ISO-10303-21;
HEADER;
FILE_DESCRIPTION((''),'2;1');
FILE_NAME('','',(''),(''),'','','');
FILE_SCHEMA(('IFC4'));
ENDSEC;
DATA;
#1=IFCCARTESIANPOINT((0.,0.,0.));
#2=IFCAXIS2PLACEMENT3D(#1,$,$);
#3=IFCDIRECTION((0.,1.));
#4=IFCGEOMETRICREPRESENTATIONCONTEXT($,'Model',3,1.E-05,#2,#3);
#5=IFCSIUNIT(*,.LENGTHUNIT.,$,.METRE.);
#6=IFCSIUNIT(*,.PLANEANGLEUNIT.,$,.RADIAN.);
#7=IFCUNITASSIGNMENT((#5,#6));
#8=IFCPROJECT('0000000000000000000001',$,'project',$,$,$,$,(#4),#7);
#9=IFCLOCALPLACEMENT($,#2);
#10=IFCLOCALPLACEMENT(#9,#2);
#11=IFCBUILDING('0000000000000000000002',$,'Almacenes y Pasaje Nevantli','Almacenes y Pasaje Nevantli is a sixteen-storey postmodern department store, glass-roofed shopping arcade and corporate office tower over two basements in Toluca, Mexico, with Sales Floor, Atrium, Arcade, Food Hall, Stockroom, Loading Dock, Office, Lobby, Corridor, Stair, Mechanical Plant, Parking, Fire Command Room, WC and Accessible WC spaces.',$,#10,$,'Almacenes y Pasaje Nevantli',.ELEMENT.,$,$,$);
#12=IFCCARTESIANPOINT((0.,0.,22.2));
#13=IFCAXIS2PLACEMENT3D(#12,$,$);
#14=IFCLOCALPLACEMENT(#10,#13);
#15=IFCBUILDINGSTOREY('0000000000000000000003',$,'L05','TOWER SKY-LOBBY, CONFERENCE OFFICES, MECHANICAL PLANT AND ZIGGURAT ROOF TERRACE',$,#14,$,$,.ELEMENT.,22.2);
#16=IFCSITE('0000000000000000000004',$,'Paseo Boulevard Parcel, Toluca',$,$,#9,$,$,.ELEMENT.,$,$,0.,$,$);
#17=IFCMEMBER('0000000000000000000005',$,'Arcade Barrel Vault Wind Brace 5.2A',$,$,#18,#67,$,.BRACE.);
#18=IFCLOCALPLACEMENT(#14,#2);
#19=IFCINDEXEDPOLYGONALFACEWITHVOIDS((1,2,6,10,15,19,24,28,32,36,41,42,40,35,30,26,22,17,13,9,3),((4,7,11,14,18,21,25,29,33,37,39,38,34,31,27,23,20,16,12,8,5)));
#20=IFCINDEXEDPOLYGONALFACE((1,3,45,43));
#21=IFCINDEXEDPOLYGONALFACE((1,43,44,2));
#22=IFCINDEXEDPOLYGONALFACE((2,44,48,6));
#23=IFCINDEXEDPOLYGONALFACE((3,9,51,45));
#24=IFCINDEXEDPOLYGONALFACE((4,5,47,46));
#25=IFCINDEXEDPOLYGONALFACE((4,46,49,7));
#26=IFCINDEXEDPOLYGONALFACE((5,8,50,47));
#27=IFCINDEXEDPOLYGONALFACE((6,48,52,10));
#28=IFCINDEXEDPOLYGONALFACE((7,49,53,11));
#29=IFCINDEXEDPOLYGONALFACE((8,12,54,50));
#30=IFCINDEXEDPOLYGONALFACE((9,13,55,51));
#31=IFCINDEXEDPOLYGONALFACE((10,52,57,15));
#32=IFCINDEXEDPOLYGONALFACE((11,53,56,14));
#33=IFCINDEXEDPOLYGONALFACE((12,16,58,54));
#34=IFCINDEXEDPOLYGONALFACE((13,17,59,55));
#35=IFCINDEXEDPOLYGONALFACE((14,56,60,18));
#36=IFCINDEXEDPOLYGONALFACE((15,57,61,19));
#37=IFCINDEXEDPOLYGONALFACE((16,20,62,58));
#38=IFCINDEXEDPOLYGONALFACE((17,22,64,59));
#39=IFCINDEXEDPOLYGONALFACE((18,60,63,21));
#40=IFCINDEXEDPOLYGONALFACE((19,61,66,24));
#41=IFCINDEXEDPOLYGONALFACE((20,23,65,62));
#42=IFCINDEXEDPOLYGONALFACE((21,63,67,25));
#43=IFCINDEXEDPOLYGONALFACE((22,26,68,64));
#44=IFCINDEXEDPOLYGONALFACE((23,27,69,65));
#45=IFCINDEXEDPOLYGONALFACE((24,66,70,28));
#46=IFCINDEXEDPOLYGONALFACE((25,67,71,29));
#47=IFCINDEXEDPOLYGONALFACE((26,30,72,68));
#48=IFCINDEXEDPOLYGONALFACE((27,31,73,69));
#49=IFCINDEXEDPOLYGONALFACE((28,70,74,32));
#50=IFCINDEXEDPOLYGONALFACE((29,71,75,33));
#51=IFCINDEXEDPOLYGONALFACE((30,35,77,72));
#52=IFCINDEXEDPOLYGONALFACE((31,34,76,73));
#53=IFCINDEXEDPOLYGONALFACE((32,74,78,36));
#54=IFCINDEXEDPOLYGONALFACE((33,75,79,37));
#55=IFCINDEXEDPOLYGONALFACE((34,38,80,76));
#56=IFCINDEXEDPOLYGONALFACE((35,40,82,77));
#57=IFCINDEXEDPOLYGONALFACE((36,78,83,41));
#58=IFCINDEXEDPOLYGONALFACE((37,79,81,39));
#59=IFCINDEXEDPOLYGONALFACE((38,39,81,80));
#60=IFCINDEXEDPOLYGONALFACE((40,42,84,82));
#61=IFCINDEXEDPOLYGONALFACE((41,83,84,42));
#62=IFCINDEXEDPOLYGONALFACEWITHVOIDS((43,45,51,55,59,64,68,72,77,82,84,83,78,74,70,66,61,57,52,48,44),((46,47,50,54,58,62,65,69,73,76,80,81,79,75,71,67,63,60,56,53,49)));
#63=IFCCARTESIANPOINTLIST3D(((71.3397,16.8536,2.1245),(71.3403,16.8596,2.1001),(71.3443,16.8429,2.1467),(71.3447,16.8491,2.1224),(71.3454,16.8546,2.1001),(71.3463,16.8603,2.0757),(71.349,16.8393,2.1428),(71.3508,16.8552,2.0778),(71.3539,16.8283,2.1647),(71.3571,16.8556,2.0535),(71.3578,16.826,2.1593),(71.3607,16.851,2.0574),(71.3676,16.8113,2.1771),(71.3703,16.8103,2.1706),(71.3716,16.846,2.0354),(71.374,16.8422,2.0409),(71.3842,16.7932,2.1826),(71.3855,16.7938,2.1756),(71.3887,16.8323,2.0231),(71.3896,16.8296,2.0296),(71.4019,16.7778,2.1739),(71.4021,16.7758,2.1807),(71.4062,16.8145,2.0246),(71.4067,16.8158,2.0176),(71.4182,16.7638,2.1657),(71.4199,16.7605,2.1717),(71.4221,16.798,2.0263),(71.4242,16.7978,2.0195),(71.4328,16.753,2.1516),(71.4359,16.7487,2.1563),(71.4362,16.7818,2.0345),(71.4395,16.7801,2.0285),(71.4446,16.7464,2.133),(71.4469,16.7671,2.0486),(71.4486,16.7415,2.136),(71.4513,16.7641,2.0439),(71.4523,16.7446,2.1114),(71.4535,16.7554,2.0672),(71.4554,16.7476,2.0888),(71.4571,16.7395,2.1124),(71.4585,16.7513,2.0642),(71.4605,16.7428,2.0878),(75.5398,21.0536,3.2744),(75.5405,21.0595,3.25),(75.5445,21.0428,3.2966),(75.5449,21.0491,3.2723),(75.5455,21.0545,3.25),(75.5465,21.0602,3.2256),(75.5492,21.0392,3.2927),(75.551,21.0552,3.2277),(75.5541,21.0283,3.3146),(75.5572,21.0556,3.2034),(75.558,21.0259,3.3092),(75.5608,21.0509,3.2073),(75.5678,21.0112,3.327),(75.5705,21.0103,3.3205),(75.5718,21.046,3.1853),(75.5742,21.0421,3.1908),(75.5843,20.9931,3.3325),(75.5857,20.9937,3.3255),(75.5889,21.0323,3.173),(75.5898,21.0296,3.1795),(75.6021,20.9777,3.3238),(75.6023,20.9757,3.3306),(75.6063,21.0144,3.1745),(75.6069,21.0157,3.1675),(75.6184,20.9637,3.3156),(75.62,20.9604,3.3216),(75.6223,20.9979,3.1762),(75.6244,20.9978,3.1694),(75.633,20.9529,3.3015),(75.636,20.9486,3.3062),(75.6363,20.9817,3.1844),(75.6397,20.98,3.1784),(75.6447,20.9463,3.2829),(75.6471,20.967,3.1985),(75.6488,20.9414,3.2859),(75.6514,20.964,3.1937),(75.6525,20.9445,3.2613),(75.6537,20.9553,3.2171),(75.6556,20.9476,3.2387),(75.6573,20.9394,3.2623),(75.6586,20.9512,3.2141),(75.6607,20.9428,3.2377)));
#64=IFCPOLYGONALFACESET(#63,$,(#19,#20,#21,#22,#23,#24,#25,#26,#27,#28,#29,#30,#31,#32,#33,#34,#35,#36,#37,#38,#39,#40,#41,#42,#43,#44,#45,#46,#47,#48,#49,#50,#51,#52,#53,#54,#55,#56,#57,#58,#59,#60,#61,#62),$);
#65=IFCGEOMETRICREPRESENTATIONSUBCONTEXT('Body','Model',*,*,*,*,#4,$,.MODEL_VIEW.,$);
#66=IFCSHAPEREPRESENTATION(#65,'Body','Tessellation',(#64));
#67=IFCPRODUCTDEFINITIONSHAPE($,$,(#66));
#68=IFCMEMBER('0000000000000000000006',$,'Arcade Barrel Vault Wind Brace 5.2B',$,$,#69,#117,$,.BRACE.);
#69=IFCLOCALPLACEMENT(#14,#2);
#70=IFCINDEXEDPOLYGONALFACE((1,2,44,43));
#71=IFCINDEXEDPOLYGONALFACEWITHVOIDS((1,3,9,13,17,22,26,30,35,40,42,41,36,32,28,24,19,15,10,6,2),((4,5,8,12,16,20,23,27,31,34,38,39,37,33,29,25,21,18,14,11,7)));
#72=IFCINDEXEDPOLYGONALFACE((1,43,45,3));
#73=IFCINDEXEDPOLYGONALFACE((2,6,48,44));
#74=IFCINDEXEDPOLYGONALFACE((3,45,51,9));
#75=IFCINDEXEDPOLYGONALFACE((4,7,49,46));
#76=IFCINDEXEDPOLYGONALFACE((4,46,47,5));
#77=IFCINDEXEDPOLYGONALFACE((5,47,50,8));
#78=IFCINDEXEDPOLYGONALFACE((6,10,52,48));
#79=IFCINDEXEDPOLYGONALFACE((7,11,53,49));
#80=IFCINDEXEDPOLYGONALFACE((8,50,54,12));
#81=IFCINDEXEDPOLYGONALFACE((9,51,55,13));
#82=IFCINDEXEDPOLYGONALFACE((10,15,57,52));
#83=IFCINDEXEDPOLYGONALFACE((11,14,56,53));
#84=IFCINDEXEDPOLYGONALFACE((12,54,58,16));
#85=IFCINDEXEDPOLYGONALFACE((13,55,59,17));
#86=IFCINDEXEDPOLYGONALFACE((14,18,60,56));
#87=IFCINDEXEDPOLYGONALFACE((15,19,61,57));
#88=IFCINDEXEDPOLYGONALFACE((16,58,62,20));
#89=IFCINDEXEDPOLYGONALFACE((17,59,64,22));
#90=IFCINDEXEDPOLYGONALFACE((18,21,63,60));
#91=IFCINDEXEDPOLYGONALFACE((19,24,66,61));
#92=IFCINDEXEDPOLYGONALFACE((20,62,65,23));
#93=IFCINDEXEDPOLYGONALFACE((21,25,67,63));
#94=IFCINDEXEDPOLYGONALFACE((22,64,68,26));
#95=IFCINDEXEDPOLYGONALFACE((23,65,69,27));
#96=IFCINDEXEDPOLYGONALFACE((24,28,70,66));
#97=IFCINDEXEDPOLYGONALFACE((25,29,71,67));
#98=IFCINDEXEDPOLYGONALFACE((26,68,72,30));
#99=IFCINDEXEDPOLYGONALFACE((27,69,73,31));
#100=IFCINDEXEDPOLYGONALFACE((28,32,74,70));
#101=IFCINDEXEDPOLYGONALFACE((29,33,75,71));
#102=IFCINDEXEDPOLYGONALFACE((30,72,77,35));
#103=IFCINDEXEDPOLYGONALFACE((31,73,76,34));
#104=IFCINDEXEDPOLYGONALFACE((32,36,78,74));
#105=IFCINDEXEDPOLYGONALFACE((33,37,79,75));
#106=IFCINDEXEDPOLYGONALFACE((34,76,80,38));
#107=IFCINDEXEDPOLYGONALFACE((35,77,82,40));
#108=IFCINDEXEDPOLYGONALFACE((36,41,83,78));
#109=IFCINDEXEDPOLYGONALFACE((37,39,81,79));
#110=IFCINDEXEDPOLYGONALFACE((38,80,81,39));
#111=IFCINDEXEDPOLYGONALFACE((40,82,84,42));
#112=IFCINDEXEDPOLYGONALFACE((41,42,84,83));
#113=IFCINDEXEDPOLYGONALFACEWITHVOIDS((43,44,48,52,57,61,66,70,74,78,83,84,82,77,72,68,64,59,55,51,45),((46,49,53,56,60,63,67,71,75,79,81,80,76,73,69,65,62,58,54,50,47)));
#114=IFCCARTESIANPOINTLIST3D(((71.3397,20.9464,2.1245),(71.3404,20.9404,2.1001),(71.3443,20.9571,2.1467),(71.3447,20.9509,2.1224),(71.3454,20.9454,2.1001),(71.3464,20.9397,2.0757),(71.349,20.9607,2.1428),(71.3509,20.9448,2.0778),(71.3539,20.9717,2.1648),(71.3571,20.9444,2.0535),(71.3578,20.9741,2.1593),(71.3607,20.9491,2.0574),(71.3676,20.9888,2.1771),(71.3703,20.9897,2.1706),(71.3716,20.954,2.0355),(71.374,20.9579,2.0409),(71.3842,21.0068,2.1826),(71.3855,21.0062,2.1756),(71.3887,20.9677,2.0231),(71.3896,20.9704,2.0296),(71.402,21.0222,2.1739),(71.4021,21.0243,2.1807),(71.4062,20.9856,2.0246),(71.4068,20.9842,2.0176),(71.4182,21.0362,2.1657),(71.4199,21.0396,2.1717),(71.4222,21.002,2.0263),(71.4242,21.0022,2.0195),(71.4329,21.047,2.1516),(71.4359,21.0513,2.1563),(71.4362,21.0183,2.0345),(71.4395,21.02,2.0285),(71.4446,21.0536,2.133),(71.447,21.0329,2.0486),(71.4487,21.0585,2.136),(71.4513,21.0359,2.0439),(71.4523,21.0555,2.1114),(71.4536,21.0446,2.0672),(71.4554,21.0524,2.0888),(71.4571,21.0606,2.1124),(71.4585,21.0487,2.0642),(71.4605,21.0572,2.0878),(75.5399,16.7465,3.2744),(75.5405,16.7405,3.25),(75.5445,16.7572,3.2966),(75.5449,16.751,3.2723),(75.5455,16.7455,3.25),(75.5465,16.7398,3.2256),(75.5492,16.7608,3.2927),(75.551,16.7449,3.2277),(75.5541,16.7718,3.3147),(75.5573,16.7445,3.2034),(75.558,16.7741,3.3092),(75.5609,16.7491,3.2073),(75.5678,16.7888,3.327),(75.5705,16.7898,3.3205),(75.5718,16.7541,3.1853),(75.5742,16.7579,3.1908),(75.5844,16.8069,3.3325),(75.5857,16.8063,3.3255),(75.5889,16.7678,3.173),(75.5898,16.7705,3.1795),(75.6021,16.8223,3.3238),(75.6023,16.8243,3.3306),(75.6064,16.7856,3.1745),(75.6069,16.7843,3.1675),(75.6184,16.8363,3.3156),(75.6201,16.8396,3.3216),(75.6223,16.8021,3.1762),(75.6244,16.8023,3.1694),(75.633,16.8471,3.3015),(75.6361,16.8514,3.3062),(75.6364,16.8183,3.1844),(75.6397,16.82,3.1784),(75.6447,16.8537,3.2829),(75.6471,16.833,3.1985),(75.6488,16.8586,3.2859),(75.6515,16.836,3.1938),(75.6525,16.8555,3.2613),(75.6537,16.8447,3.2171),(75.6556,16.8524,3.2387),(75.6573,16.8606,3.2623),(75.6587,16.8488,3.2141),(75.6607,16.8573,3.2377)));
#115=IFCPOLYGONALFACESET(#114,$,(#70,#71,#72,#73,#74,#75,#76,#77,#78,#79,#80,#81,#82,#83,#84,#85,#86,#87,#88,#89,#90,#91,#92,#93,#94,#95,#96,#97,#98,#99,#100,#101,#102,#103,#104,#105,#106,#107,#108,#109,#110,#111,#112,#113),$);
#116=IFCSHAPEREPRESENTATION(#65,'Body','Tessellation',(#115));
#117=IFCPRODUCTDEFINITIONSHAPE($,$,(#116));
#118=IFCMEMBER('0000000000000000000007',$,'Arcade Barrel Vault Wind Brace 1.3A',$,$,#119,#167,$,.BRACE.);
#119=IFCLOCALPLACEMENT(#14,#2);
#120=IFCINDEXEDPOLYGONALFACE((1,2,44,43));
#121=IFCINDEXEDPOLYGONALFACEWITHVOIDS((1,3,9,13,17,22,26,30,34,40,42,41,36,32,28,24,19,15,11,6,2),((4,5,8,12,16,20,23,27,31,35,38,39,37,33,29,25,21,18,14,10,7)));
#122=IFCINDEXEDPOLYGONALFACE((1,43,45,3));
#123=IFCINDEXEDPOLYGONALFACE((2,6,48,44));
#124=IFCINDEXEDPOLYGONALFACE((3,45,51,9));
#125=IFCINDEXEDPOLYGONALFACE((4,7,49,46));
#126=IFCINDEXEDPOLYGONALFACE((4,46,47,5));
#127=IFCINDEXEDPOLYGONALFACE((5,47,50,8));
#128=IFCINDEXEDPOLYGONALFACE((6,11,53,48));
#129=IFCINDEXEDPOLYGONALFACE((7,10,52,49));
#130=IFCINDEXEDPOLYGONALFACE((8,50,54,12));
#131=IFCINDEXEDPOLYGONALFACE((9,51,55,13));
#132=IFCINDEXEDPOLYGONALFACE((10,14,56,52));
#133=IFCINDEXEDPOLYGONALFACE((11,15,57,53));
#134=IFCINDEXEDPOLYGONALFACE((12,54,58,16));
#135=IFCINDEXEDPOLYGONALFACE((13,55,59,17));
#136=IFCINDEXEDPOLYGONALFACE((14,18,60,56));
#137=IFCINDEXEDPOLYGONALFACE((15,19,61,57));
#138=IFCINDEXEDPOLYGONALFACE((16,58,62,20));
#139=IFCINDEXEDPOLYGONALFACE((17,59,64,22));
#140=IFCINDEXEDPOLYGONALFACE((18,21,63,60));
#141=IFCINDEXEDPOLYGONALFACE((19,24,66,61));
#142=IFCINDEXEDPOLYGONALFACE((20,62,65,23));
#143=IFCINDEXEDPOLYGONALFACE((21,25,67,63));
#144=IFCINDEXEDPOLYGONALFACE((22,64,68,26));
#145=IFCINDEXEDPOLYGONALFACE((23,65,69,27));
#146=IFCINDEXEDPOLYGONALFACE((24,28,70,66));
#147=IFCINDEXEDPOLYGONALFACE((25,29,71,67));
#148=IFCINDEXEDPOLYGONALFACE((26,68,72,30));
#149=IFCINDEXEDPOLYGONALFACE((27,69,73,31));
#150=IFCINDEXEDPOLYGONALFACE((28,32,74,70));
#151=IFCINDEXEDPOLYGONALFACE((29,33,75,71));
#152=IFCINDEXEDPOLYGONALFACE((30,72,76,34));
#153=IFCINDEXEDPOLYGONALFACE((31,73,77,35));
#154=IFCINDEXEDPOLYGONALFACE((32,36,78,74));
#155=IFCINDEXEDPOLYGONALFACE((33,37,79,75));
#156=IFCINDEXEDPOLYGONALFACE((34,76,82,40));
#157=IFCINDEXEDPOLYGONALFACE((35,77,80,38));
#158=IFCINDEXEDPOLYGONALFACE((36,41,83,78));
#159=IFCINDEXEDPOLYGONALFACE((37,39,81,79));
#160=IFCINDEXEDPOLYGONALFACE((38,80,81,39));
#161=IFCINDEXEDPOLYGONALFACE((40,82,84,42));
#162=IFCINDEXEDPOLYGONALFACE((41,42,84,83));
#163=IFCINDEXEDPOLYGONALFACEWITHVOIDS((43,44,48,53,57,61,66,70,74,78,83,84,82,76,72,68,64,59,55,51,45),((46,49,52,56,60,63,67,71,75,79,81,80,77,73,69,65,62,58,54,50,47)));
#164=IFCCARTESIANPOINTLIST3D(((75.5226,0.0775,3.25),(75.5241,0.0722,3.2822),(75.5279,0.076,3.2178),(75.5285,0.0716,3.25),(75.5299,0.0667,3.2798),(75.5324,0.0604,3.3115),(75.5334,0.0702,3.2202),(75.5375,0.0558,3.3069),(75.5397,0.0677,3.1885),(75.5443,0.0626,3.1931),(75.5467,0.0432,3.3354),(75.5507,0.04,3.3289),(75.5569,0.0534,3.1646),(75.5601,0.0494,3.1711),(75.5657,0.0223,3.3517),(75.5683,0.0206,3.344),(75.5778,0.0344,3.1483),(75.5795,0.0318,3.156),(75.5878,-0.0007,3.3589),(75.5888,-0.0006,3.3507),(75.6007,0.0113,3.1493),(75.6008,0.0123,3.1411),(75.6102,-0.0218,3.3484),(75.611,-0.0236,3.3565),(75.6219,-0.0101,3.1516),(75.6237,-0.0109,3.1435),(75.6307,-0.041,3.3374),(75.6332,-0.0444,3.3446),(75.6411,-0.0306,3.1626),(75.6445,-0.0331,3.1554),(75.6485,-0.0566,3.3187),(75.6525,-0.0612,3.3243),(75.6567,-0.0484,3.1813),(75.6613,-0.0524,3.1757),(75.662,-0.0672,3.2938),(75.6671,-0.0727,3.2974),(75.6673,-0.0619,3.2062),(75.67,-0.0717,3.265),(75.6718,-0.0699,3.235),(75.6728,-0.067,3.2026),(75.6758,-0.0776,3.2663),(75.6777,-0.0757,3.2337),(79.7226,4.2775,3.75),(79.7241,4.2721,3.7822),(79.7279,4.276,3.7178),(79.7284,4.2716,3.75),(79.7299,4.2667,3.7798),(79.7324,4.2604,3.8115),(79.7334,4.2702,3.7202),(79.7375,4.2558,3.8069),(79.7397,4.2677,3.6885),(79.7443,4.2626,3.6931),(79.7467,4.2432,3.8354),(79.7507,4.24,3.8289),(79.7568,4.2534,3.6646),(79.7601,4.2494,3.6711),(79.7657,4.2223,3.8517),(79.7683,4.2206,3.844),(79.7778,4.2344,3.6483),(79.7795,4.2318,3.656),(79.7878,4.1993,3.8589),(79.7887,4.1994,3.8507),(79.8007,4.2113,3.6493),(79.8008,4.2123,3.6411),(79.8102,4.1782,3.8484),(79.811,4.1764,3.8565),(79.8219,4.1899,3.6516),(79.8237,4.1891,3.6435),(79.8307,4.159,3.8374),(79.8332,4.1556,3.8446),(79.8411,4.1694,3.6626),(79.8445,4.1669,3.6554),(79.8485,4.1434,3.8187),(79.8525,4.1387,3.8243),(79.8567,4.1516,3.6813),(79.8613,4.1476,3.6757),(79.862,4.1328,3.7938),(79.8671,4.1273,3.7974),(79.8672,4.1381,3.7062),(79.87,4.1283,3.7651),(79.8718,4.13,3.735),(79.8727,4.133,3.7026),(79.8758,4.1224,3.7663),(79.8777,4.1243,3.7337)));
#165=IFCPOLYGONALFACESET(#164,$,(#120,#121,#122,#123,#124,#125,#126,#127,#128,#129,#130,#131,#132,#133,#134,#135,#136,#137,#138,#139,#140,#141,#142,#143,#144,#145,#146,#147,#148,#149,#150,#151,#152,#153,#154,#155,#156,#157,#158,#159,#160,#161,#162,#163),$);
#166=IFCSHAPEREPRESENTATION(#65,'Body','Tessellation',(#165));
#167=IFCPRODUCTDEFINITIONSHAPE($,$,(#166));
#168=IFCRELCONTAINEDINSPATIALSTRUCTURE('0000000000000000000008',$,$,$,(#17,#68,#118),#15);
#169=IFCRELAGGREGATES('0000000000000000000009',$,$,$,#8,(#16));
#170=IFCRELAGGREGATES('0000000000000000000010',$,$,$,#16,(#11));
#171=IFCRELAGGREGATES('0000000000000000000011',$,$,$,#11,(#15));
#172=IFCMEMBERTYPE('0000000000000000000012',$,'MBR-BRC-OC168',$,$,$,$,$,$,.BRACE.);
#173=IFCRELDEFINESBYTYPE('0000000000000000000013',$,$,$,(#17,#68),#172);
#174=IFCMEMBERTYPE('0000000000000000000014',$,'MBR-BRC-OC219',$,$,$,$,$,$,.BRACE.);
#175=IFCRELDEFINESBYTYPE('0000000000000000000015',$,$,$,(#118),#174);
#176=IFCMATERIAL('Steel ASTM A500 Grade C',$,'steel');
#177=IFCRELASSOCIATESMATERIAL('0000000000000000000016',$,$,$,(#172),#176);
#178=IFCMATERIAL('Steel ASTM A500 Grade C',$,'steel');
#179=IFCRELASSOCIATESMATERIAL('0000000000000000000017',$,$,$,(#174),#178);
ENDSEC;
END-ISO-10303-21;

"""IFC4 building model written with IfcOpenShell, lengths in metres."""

from ifc_helpers import new_model, si_unit, direction, frame, origin, origin_2d, place, context, subcontext, project, spatial, hollow_circle, extrude, material, material_profile, profile_set, type_object, element, save


model = new_model("IFC4")

# Units and contexts
model_context = context("Model", 3, precision=1e-05, world=origin(), true_north=direction((0.0, 1.0)))
body_context = subcontext(model_context, "Body", "Model", "MODEL_VIEW")
ifc_project = project(units=[si_unit("LENGTHUNIT", "METRE"), si_unit("PLANEANGLEUNIT", "RADIAN")], contexts=[model_context])

# Site, building, storey
site_placement = place(None, origin())
site = spatial("IfcSite", under=ifc_project, at=site_placement, Name="Paseo Boulevard Parcel, Toluca", CompositionType="ELEMENT", RefElevation=0.0)
building_placement = place(site_placement, origin())
building = spatial("IfcBuilding", under=site, at=building_placement, Name="Almacenes y Pasaje Nevantli", Description="Almacenes y Pasaje Nevantli is a sixteen-storey postmodern department store, glass-roofed shopping arcade and corporate office tower over two basements in Toluca, Mexico, with Sales Floor, Atrium, Arcade, Food Hall, Stockroom, Loading Dock, Office, Lobby, Corridor, Stair, Mechanical Plant, Parking, Fire Command Room, WC and Accessible WC spaces.", LongName="Almacenes y Pasaje Nevantli", CompositionType="ELEMENT")
storey_placement = place(building_placement, frame((0.0, 0.0, 22.2)))
storey = spatial("IfcBuildingStorey", under=building, at=storey_placement, Name="L05", Description="TOWER SKY-LOBBY, CONFERENCE OFFICES, MECHANICAL PLANT AND ZIGGURAT ROOF TERRACE", CompositionType="ELEMENT", Elevation=22.2)

# Members
ifc_material_1 = material(Name="Steel ASTM A500 Grade C", Category="steel")
ifc_material_profile_1 = material_profile(ifc_material_1, hollow_circle(Radius=0.0842, WallThickness=0.0071, at=origin_2d()), Name="OC 168x7.1")
ifc_profile_set_1 = profile_set([ifc_material_profile_1], Name="Steel ASTM A500 Grade C")
member_type_1 = type_object("IfcMemberType", Name="MBR-BRC-OC168", PredefinedType="BRACE", material=ifc_profile_set_1)
for number, where, z_axis, x_axis, name in (
    (1, (71.3999, 16.8, 2.1001), (0.694238, 0.694197, 0.190064), (-0.707086, 0.707127, 0.0), "Arcade Barrel Vault Wind Brace 5.2A"),
    (2, (75.6001, 16.8, 3.25), (-0.694238, 0.694197, -0.190064), (-0.707086, -0.707127, 0.0), "Arcade Barrel Vault Wind Brace 5.2B"),
):
    element("IfcMember", number, at=place(storey_placement, frame(where, z_axis=z_axis, x_axis=x_axis)), inside=storey, type_object=member_type_1, Name=name, PredefinedType="BRACE", context=body_context, shape_type="SweptSolid", body=[
        extrude(hollow_circle(Radius=0.0842, WallThickness=0.0071, at=origin_2d()), origin(), (0.0, 0.0, 1.0), 6.05),
    ])
ifc_material_2 = material(Name="Steel ASTM A500 Grade C", Category="steel")
ifc_material_profile_2 = material_profile(ifc_material_2, hollow_circle(Radius=0.1096, WallThickness=0.0083, at=origin_2d()), Name="OC 219x8.2")
ifc_profile_set_2 = profile_set([ifc_material_profile_2], Name="Steel ASTM A500 Grade C")
member_type_2 = type_object("IfcMemberType", Name="MBR-BRC-OC219", PredefinedType="BRACE", material=ifc_profile_set_2)
for number, where, z_axis, x_axis, name in (
    (3, (75.6001, 0.0, 3.25), (0.704615, 0.704615, 0.083884), (-0.707107, 0.707107, 0.0), "Arcade Barrel Vault Wind Brace 1.3A"),
):
    element("IfcMember", number, at=place(storey_placement, frame(where, z_axis=z_axis, x_axis=x_axis)), inside=storey, type_object=member_type_2, Name=name, PredefinedType="BRACE", context=body_context, shape_type="SweptSolid", body=[
        extrude(hollow_circle(Radius=0.1096, WallThickness=0.0083, at=origin_2d()), origin(), (0.0, 0.0, 1.0), 5.9607),
    ])

save(model, "model.ifc")
